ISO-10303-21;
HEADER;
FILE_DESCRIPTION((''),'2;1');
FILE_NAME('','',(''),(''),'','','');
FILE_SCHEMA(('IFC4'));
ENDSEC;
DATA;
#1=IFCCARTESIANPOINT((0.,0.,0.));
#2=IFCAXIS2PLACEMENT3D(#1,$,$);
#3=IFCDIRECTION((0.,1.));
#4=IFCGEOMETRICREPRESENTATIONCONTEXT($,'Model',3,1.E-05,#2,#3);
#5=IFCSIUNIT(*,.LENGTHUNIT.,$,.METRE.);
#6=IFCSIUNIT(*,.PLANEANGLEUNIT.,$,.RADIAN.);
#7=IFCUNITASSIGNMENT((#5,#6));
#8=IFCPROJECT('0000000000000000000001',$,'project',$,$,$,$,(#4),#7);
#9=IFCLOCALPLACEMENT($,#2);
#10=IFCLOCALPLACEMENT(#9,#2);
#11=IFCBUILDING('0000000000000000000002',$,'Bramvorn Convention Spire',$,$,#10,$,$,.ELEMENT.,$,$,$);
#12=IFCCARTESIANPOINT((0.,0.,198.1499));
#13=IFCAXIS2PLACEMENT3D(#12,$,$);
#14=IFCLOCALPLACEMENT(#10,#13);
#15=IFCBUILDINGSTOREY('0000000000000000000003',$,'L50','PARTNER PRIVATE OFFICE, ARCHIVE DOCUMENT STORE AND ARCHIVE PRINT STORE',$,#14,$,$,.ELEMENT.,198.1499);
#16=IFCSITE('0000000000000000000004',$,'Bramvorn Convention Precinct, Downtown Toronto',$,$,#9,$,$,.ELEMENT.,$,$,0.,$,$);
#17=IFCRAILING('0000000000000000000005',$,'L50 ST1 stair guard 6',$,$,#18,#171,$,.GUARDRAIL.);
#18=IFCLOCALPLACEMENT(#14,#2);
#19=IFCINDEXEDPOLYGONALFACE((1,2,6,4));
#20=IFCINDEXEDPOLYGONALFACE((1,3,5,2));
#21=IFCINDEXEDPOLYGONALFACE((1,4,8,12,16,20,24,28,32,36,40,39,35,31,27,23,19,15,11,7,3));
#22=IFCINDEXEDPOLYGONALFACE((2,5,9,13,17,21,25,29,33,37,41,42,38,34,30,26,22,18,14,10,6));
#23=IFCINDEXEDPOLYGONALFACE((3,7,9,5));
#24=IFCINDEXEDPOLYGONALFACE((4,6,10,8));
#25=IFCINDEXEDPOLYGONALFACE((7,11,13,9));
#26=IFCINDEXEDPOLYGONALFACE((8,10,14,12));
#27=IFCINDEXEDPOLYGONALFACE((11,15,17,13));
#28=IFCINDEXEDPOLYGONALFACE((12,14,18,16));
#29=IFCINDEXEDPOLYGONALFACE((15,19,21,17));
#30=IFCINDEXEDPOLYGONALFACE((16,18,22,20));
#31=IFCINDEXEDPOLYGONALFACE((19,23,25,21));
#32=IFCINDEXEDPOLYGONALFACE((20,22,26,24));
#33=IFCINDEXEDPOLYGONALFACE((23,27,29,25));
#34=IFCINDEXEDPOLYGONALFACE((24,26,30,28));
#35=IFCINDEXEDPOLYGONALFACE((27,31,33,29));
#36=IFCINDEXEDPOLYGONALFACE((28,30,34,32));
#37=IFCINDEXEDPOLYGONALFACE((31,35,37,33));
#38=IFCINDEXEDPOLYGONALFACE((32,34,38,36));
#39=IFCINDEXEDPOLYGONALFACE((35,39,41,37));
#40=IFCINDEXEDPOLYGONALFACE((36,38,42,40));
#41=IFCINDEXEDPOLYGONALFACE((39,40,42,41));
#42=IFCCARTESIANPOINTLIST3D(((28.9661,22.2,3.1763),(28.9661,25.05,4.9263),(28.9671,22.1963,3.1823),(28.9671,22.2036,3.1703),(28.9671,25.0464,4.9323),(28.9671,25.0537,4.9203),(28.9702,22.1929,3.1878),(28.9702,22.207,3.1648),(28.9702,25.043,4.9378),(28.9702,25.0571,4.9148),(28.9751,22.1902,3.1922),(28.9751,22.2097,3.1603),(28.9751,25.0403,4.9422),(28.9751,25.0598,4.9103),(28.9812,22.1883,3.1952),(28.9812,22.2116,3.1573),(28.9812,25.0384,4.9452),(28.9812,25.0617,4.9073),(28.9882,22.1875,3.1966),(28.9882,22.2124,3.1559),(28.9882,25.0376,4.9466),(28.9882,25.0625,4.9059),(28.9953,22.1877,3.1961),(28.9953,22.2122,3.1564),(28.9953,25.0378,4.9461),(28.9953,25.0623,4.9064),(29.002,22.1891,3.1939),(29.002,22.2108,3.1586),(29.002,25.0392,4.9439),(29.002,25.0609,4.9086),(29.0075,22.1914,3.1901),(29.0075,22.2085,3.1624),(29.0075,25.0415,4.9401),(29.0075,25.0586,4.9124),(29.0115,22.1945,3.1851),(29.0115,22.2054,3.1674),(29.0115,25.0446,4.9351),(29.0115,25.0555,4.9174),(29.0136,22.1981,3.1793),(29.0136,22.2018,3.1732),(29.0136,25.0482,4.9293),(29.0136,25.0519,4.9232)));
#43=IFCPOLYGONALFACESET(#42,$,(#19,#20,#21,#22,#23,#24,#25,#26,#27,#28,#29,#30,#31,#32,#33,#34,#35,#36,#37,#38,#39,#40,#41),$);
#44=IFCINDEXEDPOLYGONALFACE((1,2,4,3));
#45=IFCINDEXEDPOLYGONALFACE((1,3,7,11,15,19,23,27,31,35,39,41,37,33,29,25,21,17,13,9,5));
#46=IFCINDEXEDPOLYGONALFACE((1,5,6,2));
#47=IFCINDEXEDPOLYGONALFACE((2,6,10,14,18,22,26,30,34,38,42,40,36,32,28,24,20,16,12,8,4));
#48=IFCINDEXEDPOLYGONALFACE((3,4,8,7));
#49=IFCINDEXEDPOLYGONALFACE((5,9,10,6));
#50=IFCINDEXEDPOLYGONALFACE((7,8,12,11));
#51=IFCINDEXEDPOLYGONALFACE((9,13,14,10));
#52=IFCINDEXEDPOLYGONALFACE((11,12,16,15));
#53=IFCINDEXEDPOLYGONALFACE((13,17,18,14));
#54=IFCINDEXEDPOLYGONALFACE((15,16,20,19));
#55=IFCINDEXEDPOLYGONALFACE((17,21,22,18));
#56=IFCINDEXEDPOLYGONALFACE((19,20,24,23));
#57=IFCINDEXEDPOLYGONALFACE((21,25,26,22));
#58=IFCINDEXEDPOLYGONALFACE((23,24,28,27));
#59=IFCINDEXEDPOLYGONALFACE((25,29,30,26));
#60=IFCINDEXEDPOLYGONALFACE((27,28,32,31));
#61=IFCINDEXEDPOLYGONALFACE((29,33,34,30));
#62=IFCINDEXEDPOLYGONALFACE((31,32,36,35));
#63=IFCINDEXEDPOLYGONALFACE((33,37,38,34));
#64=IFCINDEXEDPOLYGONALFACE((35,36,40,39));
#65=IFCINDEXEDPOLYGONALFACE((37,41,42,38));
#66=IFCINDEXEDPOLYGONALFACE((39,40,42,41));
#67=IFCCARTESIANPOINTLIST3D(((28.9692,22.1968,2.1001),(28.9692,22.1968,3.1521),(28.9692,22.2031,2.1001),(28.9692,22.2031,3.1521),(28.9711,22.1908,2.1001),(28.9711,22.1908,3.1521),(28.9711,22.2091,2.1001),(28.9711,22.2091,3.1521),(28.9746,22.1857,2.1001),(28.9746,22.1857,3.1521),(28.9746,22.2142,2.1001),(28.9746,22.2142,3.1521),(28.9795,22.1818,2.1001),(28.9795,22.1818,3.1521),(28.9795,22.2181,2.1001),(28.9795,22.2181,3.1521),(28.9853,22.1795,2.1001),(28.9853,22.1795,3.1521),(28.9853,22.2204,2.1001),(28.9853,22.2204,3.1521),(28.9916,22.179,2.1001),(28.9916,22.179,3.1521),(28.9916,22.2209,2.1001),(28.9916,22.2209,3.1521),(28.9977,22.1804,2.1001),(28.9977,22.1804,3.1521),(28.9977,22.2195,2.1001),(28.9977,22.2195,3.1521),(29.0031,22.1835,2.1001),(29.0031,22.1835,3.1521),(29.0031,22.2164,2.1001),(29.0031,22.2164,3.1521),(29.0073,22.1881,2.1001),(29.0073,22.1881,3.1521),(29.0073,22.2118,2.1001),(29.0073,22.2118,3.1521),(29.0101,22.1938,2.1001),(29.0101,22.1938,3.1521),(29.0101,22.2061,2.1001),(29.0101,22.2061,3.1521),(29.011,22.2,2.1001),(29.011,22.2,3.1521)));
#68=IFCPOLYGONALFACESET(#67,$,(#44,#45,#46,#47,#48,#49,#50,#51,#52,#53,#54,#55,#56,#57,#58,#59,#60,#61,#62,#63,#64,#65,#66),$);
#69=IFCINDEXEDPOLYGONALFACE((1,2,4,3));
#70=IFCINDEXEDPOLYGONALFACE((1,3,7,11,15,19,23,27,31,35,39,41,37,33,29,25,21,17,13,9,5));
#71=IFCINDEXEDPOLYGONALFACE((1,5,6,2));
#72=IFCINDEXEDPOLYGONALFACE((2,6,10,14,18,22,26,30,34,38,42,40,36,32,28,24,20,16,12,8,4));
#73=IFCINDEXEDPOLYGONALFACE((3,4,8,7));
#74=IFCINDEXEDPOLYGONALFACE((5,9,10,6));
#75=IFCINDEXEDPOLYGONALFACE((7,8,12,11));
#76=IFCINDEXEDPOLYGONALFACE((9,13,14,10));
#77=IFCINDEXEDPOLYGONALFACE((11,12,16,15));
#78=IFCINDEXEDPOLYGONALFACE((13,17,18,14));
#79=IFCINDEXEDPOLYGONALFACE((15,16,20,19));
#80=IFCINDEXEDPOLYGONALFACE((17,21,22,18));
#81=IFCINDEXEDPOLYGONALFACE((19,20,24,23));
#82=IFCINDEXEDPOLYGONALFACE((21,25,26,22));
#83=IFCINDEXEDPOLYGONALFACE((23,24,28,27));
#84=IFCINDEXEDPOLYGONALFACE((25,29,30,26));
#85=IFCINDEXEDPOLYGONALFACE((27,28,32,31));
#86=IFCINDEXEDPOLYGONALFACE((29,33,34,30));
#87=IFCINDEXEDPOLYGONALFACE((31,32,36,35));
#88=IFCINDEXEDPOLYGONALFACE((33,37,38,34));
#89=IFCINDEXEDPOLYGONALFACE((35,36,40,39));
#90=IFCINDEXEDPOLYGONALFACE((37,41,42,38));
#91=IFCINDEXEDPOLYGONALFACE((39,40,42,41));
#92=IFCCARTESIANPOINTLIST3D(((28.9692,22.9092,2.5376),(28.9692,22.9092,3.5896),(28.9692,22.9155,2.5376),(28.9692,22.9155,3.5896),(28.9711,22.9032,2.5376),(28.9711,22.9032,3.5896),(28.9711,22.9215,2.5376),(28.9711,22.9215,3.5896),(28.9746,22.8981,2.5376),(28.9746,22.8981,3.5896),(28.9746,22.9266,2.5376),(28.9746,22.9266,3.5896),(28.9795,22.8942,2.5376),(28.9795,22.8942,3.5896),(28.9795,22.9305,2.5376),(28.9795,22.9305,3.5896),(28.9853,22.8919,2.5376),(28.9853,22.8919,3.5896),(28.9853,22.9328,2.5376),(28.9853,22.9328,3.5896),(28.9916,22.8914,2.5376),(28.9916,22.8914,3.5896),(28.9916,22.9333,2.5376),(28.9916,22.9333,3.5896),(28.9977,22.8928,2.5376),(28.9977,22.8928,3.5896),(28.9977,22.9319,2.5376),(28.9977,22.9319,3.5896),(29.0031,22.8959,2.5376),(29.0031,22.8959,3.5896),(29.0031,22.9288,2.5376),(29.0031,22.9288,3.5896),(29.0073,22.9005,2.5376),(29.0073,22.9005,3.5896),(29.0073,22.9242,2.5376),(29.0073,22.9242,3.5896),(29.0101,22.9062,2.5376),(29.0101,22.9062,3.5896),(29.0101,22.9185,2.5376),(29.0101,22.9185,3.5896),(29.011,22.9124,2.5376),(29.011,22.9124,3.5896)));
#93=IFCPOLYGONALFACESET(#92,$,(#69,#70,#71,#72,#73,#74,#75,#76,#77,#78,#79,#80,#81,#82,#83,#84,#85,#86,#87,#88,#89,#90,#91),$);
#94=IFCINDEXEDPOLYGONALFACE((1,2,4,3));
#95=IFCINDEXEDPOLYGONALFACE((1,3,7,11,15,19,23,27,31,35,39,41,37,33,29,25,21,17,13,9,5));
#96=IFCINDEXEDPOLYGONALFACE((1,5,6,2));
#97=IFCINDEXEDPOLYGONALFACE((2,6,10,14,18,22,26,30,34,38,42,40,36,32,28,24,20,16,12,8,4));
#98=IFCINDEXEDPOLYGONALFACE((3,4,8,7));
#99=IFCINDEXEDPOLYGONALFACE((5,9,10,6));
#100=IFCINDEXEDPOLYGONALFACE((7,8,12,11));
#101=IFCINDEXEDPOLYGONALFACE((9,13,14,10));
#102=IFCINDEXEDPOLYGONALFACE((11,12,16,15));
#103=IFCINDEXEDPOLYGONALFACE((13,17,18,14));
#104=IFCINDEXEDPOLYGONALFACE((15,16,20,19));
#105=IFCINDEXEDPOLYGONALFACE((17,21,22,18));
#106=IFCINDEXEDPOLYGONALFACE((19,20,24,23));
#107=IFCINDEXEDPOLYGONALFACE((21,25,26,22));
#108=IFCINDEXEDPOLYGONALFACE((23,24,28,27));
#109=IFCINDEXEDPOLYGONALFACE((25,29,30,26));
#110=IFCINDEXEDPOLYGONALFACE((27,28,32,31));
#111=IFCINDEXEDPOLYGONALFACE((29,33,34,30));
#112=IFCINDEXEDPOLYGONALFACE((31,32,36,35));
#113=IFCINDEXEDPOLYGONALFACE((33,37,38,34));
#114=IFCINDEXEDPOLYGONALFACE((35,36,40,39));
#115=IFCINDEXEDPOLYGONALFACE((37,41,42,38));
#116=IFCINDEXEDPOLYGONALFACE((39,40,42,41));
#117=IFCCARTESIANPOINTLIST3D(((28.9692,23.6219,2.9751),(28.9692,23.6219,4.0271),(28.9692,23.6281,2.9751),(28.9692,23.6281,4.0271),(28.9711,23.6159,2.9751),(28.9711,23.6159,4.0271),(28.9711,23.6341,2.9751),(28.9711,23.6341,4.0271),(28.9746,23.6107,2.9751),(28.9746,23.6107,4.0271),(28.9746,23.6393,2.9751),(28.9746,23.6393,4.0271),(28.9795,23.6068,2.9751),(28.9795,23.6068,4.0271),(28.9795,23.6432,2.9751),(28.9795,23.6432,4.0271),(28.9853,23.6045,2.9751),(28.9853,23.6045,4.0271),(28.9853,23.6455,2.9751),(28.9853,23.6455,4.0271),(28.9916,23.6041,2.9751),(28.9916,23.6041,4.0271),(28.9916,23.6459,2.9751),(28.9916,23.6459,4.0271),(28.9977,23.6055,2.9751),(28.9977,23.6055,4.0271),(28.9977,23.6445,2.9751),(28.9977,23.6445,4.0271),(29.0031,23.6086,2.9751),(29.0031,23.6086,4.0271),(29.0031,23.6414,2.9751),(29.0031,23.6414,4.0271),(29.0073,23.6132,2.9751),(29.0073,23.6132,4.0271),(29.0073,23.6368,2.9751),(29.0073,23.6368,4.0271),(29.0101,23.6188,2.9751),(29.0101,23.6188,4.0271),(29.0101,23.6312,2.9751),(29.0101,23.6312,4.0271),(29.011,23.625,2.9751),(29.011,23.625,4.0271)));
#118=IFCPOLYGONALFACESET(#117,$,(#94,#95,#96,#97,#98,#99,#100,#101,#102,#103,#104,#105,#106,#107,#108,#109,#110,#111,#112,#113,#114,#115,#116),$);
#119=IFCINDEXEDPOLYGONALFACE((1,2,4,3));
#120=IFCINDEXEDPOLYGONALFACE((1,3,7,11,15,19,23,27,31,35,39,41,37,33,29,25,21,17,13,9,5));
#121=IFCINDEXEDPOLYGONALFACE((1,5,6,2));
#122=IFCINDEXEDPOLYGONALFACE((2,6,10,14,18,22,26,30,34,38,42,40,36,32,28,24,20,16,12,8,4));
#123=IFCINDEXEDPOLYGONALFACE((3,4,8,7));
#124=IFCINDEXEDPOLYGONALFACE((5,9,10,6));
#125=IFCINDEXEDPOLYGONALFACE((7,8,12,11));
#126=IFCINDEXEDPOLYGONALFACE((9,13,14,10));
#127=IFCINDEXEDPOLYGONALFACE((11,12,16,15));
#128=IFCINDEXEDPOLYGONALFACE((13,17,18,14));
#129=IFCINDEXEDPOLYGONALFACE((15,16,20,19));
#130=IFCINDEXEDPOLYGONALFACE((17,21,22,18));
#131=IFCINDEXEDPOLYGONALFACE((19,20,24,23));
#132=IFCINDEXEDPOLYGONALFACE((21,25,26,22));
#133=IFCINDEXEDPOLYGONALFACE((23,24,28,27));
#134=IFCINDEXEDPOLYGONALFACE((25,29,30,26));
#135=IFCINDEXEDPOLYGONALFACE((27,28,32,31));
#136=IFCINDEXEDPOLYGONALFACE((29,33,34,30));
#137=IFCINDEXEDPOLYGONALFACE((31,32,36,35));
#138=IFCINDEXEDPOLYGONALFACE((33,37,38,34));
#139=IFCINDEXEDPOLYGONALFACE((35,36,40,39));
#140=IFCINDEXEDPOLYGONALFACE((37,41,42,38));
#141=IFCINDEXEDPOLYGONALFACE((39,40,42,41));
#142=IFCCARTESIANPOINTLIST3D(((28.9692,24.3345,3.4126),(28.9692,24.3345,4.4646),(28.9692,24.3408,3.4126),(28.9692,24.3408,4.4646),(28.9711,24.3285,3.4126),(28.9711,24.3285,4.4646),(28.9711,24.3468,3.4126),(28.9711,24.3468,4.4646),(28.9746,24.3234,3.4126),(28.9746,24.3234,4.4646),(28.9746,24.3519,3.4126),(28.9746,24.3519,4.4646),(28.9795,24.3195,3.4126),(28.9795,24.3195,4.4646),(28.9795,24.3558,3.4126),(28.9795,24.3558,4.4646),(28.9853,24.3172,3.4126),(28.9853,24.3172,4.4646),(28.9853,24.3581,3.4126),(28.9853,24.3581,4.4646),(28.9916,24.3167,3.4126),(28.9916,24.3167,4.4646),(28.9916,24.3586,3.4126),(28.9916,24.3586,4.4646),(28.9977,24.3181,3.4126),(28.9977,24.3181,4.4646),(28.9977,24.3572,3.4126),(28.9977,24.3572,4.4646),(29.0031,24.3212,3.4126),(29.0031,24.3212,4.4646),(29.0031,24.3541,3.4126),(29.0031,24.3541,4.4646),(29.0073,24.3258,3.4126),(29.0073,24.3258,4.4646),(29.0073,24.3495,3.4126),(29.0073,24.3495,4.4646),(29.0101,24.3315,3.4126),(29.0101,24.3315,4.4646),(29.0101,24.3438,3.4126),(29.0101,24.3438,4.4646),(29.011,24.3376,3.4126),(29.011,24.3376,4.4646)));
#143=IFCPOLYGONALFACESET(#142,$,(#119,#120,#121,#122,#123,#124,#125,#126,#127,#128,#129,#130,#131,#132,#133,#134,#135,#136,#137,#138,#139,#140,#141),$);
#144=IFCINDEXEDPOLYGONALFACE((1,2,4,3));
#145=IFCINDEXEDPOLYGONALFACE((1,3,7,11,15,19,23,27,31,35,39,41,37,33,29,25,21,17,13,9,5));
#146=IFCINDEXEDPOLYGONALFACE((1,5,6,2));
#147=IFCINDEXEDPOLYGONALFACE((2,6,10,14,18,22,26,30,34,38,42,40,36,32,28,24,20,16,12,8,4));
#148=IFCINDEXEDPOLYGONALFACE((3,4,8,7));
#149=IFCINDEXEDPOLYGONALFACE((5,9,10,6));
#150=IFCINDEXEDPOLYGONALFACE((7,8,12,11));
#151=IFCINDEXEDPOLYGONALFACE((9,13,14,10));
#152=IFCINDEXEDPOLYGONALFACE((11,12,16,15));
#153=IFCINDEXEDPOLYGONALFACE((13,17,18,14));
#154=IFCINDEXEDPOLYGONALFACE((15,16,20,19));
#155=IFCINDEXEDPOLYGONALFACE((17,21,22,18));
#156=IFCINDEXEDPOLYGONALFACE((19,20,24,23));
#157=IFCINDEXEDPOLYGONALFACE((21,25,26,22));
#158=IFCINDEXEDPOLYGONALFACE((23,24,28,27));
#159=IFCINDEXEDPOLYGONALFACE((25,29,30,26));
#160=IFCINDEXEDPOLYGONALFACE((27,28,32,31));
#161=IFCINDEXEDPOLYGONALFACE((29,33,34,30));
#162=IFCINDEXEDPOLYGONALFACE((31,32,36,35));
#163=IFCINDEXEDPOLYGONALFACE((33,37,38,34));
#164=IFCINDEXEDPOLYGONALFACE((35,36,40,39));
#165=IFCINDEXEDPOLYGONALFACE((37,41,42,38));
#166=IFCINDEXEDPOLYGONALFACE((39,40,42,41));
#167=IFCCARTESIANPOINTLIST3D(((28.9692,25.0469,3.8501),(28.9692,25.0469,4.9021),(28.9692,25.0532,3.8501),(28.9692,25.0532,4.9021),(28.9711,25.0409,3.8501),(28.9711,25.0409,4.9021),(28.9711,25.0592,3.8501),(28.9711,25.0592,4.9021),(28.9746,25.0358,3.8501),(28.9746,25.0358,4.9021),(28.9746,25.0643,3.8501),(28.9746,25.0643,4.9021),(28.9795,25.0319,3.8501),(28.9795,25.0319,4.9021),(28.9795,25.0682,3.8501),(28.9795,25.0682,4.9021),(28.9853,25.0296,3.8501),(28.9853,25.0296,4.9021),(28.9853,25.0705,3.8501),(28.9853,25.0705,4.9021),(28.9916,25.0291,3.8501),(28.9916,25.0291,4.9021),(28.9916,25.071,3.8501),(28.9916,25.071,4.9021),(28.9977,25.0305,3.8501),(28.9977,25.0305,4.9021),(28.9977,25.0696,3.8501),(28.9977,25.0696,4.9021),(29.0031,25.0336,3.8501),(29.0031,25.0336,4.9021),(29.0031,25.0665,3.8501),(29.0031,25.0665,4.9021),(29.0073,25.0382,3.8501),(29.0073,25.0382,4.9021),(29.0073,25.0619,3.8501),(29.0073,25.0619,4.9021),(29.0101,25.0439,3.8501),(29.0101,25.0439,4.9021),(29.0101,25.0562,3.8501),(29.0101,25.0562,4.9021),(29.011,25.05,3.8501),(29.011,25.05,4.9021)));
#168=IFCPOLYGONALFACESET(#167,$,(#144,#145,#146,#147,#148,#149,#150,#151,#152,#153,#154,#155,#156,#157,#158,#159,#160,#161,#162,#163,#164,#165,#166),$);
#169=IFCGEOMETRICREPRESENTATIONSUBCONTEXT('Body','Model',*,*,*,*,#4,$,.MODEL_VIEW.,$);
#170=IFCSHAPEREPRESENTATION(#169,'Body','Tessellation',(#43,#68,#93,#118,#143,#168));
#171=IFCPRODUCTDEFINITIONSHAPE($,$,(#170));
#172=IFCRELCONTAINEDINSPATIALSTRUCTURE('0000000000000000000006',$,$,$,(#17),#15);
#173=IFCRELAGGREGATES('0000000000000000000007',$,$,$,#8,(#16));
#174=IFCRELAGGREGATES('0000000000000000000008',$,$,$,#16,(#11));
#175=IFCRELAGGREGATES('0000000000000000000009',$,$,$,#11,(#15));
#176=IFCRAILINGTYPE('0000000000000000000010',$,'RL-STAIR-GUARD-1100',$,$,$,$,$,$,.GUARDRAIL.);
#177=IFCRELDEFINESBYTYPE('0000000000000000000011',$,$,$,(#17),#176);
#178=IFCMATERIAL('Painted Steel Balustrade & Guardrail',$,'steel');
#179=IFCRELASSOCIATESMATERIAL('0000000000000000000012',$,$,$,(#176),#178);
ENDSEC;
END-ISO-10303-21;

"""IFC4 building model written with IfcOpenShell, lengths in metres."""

from ifc_helpers import new_model, si_unit, direction, frame, origin, origin_2d, place, context, subcontext, project, spatial, circle, extrude, material, type_object, element, save


model = new_model("IFC4")

# Units and contexts
model_context = context("Model", 3, precision=1e-05, world=origin(), true_north=direction((0.0, 1.0)))
body_context = subcontext(model_context, "Body", "Model", "MODEL_VIEW")
ifc_project = project(units=[si_unit("LENGTHUNIT", "METRE"), si_unit("PLANEANGLEUNIT", "RADIAN")], contexts=[model_context])

# Site, building, storey
site_placement = place(None, origin())
site = spatial("IfcSite", under=ifc_project, at=site_placement, Name="Bramvorn Convention Precinct, Downtown Toronto", CompositionType="ELEMENT", RefElevation=0.0)
building_placement = place(site_placement, origin())
building = spatial("IfcBuilding", under=site, at=building_placement, Name="Bramvorn Convention Spire", CompositionType="ELEMENT")
storey_placement = place(building_placement, frame((0.0, 0.0, 198.1499)))
storey = spatial("IfcBuildingStorey", under=building, at=storey_placement, Name="L50", Description="PARTNER PRIVATE OFFICE, ARCHIVE DOCUMENT STORE AND ARCHIVE PRINT STORE", CompositionType="ELEMENT", Elevation=198.1499)

# Railing
ifc_material_1 = material(Name="Painted Steel Balustrade & Guardrail", Category="steel")
railing_type_1 = type_object("IfcRailingType", Name="RL-STAIR-GUARD-1100", PredefinedType="GUARDRAIL", material=ifc_material_1)
railing_1_placement = place(storey_placement, frame((28.99, 22.2, 2.1001)))
element("IfcRailing", 1, at=railing_1_placement, inside=storey, type_object=railing_type_1, Name="L50 ST1 stair guard 6", PredefinedType="GUARDRAIL", context=body_context, shape_type="SweptSolid", body=[
    extrude(circle(Radius=0.0239, at=origin_2d()), frame((0.0, 0.0, 1.0762), z_axis=(0.0, 0.852179, 0.52325), x_axis=(-1.0, 0.0, 0.0)), (0.0, 0.0, 1.0), 3.3445),
    extrude(circle(Radius=0.021, at=origin_2d()), origin(), (0.0, 0.0, 1.0), 1.052),
    extrude(circle(Radius=0.021, at=origin_2d()), frame((0.0, 0.7124, 0.4375)), (0.0, 0.0, 1.0), 1.052),
    extrude(circle(Radius=0.021, at=origin_2d()), frame((0.0, 1.425, 0.875)), (0.0, 0.0, 1.0), 1.052),
    extrude(circle(Radius=0.021, at=origin_2d()), frame((0.0, 2.1377, 1.3125)), (0.0, 0.0, 1.0), 1.052),
    extrude(circle(Radius=0.021, at=origin_2d()), frame((0.0, 2.8501, 1.75)), (0.0, 0.0, 1.0), 1.052),
])

save(model, "model.ifc")
